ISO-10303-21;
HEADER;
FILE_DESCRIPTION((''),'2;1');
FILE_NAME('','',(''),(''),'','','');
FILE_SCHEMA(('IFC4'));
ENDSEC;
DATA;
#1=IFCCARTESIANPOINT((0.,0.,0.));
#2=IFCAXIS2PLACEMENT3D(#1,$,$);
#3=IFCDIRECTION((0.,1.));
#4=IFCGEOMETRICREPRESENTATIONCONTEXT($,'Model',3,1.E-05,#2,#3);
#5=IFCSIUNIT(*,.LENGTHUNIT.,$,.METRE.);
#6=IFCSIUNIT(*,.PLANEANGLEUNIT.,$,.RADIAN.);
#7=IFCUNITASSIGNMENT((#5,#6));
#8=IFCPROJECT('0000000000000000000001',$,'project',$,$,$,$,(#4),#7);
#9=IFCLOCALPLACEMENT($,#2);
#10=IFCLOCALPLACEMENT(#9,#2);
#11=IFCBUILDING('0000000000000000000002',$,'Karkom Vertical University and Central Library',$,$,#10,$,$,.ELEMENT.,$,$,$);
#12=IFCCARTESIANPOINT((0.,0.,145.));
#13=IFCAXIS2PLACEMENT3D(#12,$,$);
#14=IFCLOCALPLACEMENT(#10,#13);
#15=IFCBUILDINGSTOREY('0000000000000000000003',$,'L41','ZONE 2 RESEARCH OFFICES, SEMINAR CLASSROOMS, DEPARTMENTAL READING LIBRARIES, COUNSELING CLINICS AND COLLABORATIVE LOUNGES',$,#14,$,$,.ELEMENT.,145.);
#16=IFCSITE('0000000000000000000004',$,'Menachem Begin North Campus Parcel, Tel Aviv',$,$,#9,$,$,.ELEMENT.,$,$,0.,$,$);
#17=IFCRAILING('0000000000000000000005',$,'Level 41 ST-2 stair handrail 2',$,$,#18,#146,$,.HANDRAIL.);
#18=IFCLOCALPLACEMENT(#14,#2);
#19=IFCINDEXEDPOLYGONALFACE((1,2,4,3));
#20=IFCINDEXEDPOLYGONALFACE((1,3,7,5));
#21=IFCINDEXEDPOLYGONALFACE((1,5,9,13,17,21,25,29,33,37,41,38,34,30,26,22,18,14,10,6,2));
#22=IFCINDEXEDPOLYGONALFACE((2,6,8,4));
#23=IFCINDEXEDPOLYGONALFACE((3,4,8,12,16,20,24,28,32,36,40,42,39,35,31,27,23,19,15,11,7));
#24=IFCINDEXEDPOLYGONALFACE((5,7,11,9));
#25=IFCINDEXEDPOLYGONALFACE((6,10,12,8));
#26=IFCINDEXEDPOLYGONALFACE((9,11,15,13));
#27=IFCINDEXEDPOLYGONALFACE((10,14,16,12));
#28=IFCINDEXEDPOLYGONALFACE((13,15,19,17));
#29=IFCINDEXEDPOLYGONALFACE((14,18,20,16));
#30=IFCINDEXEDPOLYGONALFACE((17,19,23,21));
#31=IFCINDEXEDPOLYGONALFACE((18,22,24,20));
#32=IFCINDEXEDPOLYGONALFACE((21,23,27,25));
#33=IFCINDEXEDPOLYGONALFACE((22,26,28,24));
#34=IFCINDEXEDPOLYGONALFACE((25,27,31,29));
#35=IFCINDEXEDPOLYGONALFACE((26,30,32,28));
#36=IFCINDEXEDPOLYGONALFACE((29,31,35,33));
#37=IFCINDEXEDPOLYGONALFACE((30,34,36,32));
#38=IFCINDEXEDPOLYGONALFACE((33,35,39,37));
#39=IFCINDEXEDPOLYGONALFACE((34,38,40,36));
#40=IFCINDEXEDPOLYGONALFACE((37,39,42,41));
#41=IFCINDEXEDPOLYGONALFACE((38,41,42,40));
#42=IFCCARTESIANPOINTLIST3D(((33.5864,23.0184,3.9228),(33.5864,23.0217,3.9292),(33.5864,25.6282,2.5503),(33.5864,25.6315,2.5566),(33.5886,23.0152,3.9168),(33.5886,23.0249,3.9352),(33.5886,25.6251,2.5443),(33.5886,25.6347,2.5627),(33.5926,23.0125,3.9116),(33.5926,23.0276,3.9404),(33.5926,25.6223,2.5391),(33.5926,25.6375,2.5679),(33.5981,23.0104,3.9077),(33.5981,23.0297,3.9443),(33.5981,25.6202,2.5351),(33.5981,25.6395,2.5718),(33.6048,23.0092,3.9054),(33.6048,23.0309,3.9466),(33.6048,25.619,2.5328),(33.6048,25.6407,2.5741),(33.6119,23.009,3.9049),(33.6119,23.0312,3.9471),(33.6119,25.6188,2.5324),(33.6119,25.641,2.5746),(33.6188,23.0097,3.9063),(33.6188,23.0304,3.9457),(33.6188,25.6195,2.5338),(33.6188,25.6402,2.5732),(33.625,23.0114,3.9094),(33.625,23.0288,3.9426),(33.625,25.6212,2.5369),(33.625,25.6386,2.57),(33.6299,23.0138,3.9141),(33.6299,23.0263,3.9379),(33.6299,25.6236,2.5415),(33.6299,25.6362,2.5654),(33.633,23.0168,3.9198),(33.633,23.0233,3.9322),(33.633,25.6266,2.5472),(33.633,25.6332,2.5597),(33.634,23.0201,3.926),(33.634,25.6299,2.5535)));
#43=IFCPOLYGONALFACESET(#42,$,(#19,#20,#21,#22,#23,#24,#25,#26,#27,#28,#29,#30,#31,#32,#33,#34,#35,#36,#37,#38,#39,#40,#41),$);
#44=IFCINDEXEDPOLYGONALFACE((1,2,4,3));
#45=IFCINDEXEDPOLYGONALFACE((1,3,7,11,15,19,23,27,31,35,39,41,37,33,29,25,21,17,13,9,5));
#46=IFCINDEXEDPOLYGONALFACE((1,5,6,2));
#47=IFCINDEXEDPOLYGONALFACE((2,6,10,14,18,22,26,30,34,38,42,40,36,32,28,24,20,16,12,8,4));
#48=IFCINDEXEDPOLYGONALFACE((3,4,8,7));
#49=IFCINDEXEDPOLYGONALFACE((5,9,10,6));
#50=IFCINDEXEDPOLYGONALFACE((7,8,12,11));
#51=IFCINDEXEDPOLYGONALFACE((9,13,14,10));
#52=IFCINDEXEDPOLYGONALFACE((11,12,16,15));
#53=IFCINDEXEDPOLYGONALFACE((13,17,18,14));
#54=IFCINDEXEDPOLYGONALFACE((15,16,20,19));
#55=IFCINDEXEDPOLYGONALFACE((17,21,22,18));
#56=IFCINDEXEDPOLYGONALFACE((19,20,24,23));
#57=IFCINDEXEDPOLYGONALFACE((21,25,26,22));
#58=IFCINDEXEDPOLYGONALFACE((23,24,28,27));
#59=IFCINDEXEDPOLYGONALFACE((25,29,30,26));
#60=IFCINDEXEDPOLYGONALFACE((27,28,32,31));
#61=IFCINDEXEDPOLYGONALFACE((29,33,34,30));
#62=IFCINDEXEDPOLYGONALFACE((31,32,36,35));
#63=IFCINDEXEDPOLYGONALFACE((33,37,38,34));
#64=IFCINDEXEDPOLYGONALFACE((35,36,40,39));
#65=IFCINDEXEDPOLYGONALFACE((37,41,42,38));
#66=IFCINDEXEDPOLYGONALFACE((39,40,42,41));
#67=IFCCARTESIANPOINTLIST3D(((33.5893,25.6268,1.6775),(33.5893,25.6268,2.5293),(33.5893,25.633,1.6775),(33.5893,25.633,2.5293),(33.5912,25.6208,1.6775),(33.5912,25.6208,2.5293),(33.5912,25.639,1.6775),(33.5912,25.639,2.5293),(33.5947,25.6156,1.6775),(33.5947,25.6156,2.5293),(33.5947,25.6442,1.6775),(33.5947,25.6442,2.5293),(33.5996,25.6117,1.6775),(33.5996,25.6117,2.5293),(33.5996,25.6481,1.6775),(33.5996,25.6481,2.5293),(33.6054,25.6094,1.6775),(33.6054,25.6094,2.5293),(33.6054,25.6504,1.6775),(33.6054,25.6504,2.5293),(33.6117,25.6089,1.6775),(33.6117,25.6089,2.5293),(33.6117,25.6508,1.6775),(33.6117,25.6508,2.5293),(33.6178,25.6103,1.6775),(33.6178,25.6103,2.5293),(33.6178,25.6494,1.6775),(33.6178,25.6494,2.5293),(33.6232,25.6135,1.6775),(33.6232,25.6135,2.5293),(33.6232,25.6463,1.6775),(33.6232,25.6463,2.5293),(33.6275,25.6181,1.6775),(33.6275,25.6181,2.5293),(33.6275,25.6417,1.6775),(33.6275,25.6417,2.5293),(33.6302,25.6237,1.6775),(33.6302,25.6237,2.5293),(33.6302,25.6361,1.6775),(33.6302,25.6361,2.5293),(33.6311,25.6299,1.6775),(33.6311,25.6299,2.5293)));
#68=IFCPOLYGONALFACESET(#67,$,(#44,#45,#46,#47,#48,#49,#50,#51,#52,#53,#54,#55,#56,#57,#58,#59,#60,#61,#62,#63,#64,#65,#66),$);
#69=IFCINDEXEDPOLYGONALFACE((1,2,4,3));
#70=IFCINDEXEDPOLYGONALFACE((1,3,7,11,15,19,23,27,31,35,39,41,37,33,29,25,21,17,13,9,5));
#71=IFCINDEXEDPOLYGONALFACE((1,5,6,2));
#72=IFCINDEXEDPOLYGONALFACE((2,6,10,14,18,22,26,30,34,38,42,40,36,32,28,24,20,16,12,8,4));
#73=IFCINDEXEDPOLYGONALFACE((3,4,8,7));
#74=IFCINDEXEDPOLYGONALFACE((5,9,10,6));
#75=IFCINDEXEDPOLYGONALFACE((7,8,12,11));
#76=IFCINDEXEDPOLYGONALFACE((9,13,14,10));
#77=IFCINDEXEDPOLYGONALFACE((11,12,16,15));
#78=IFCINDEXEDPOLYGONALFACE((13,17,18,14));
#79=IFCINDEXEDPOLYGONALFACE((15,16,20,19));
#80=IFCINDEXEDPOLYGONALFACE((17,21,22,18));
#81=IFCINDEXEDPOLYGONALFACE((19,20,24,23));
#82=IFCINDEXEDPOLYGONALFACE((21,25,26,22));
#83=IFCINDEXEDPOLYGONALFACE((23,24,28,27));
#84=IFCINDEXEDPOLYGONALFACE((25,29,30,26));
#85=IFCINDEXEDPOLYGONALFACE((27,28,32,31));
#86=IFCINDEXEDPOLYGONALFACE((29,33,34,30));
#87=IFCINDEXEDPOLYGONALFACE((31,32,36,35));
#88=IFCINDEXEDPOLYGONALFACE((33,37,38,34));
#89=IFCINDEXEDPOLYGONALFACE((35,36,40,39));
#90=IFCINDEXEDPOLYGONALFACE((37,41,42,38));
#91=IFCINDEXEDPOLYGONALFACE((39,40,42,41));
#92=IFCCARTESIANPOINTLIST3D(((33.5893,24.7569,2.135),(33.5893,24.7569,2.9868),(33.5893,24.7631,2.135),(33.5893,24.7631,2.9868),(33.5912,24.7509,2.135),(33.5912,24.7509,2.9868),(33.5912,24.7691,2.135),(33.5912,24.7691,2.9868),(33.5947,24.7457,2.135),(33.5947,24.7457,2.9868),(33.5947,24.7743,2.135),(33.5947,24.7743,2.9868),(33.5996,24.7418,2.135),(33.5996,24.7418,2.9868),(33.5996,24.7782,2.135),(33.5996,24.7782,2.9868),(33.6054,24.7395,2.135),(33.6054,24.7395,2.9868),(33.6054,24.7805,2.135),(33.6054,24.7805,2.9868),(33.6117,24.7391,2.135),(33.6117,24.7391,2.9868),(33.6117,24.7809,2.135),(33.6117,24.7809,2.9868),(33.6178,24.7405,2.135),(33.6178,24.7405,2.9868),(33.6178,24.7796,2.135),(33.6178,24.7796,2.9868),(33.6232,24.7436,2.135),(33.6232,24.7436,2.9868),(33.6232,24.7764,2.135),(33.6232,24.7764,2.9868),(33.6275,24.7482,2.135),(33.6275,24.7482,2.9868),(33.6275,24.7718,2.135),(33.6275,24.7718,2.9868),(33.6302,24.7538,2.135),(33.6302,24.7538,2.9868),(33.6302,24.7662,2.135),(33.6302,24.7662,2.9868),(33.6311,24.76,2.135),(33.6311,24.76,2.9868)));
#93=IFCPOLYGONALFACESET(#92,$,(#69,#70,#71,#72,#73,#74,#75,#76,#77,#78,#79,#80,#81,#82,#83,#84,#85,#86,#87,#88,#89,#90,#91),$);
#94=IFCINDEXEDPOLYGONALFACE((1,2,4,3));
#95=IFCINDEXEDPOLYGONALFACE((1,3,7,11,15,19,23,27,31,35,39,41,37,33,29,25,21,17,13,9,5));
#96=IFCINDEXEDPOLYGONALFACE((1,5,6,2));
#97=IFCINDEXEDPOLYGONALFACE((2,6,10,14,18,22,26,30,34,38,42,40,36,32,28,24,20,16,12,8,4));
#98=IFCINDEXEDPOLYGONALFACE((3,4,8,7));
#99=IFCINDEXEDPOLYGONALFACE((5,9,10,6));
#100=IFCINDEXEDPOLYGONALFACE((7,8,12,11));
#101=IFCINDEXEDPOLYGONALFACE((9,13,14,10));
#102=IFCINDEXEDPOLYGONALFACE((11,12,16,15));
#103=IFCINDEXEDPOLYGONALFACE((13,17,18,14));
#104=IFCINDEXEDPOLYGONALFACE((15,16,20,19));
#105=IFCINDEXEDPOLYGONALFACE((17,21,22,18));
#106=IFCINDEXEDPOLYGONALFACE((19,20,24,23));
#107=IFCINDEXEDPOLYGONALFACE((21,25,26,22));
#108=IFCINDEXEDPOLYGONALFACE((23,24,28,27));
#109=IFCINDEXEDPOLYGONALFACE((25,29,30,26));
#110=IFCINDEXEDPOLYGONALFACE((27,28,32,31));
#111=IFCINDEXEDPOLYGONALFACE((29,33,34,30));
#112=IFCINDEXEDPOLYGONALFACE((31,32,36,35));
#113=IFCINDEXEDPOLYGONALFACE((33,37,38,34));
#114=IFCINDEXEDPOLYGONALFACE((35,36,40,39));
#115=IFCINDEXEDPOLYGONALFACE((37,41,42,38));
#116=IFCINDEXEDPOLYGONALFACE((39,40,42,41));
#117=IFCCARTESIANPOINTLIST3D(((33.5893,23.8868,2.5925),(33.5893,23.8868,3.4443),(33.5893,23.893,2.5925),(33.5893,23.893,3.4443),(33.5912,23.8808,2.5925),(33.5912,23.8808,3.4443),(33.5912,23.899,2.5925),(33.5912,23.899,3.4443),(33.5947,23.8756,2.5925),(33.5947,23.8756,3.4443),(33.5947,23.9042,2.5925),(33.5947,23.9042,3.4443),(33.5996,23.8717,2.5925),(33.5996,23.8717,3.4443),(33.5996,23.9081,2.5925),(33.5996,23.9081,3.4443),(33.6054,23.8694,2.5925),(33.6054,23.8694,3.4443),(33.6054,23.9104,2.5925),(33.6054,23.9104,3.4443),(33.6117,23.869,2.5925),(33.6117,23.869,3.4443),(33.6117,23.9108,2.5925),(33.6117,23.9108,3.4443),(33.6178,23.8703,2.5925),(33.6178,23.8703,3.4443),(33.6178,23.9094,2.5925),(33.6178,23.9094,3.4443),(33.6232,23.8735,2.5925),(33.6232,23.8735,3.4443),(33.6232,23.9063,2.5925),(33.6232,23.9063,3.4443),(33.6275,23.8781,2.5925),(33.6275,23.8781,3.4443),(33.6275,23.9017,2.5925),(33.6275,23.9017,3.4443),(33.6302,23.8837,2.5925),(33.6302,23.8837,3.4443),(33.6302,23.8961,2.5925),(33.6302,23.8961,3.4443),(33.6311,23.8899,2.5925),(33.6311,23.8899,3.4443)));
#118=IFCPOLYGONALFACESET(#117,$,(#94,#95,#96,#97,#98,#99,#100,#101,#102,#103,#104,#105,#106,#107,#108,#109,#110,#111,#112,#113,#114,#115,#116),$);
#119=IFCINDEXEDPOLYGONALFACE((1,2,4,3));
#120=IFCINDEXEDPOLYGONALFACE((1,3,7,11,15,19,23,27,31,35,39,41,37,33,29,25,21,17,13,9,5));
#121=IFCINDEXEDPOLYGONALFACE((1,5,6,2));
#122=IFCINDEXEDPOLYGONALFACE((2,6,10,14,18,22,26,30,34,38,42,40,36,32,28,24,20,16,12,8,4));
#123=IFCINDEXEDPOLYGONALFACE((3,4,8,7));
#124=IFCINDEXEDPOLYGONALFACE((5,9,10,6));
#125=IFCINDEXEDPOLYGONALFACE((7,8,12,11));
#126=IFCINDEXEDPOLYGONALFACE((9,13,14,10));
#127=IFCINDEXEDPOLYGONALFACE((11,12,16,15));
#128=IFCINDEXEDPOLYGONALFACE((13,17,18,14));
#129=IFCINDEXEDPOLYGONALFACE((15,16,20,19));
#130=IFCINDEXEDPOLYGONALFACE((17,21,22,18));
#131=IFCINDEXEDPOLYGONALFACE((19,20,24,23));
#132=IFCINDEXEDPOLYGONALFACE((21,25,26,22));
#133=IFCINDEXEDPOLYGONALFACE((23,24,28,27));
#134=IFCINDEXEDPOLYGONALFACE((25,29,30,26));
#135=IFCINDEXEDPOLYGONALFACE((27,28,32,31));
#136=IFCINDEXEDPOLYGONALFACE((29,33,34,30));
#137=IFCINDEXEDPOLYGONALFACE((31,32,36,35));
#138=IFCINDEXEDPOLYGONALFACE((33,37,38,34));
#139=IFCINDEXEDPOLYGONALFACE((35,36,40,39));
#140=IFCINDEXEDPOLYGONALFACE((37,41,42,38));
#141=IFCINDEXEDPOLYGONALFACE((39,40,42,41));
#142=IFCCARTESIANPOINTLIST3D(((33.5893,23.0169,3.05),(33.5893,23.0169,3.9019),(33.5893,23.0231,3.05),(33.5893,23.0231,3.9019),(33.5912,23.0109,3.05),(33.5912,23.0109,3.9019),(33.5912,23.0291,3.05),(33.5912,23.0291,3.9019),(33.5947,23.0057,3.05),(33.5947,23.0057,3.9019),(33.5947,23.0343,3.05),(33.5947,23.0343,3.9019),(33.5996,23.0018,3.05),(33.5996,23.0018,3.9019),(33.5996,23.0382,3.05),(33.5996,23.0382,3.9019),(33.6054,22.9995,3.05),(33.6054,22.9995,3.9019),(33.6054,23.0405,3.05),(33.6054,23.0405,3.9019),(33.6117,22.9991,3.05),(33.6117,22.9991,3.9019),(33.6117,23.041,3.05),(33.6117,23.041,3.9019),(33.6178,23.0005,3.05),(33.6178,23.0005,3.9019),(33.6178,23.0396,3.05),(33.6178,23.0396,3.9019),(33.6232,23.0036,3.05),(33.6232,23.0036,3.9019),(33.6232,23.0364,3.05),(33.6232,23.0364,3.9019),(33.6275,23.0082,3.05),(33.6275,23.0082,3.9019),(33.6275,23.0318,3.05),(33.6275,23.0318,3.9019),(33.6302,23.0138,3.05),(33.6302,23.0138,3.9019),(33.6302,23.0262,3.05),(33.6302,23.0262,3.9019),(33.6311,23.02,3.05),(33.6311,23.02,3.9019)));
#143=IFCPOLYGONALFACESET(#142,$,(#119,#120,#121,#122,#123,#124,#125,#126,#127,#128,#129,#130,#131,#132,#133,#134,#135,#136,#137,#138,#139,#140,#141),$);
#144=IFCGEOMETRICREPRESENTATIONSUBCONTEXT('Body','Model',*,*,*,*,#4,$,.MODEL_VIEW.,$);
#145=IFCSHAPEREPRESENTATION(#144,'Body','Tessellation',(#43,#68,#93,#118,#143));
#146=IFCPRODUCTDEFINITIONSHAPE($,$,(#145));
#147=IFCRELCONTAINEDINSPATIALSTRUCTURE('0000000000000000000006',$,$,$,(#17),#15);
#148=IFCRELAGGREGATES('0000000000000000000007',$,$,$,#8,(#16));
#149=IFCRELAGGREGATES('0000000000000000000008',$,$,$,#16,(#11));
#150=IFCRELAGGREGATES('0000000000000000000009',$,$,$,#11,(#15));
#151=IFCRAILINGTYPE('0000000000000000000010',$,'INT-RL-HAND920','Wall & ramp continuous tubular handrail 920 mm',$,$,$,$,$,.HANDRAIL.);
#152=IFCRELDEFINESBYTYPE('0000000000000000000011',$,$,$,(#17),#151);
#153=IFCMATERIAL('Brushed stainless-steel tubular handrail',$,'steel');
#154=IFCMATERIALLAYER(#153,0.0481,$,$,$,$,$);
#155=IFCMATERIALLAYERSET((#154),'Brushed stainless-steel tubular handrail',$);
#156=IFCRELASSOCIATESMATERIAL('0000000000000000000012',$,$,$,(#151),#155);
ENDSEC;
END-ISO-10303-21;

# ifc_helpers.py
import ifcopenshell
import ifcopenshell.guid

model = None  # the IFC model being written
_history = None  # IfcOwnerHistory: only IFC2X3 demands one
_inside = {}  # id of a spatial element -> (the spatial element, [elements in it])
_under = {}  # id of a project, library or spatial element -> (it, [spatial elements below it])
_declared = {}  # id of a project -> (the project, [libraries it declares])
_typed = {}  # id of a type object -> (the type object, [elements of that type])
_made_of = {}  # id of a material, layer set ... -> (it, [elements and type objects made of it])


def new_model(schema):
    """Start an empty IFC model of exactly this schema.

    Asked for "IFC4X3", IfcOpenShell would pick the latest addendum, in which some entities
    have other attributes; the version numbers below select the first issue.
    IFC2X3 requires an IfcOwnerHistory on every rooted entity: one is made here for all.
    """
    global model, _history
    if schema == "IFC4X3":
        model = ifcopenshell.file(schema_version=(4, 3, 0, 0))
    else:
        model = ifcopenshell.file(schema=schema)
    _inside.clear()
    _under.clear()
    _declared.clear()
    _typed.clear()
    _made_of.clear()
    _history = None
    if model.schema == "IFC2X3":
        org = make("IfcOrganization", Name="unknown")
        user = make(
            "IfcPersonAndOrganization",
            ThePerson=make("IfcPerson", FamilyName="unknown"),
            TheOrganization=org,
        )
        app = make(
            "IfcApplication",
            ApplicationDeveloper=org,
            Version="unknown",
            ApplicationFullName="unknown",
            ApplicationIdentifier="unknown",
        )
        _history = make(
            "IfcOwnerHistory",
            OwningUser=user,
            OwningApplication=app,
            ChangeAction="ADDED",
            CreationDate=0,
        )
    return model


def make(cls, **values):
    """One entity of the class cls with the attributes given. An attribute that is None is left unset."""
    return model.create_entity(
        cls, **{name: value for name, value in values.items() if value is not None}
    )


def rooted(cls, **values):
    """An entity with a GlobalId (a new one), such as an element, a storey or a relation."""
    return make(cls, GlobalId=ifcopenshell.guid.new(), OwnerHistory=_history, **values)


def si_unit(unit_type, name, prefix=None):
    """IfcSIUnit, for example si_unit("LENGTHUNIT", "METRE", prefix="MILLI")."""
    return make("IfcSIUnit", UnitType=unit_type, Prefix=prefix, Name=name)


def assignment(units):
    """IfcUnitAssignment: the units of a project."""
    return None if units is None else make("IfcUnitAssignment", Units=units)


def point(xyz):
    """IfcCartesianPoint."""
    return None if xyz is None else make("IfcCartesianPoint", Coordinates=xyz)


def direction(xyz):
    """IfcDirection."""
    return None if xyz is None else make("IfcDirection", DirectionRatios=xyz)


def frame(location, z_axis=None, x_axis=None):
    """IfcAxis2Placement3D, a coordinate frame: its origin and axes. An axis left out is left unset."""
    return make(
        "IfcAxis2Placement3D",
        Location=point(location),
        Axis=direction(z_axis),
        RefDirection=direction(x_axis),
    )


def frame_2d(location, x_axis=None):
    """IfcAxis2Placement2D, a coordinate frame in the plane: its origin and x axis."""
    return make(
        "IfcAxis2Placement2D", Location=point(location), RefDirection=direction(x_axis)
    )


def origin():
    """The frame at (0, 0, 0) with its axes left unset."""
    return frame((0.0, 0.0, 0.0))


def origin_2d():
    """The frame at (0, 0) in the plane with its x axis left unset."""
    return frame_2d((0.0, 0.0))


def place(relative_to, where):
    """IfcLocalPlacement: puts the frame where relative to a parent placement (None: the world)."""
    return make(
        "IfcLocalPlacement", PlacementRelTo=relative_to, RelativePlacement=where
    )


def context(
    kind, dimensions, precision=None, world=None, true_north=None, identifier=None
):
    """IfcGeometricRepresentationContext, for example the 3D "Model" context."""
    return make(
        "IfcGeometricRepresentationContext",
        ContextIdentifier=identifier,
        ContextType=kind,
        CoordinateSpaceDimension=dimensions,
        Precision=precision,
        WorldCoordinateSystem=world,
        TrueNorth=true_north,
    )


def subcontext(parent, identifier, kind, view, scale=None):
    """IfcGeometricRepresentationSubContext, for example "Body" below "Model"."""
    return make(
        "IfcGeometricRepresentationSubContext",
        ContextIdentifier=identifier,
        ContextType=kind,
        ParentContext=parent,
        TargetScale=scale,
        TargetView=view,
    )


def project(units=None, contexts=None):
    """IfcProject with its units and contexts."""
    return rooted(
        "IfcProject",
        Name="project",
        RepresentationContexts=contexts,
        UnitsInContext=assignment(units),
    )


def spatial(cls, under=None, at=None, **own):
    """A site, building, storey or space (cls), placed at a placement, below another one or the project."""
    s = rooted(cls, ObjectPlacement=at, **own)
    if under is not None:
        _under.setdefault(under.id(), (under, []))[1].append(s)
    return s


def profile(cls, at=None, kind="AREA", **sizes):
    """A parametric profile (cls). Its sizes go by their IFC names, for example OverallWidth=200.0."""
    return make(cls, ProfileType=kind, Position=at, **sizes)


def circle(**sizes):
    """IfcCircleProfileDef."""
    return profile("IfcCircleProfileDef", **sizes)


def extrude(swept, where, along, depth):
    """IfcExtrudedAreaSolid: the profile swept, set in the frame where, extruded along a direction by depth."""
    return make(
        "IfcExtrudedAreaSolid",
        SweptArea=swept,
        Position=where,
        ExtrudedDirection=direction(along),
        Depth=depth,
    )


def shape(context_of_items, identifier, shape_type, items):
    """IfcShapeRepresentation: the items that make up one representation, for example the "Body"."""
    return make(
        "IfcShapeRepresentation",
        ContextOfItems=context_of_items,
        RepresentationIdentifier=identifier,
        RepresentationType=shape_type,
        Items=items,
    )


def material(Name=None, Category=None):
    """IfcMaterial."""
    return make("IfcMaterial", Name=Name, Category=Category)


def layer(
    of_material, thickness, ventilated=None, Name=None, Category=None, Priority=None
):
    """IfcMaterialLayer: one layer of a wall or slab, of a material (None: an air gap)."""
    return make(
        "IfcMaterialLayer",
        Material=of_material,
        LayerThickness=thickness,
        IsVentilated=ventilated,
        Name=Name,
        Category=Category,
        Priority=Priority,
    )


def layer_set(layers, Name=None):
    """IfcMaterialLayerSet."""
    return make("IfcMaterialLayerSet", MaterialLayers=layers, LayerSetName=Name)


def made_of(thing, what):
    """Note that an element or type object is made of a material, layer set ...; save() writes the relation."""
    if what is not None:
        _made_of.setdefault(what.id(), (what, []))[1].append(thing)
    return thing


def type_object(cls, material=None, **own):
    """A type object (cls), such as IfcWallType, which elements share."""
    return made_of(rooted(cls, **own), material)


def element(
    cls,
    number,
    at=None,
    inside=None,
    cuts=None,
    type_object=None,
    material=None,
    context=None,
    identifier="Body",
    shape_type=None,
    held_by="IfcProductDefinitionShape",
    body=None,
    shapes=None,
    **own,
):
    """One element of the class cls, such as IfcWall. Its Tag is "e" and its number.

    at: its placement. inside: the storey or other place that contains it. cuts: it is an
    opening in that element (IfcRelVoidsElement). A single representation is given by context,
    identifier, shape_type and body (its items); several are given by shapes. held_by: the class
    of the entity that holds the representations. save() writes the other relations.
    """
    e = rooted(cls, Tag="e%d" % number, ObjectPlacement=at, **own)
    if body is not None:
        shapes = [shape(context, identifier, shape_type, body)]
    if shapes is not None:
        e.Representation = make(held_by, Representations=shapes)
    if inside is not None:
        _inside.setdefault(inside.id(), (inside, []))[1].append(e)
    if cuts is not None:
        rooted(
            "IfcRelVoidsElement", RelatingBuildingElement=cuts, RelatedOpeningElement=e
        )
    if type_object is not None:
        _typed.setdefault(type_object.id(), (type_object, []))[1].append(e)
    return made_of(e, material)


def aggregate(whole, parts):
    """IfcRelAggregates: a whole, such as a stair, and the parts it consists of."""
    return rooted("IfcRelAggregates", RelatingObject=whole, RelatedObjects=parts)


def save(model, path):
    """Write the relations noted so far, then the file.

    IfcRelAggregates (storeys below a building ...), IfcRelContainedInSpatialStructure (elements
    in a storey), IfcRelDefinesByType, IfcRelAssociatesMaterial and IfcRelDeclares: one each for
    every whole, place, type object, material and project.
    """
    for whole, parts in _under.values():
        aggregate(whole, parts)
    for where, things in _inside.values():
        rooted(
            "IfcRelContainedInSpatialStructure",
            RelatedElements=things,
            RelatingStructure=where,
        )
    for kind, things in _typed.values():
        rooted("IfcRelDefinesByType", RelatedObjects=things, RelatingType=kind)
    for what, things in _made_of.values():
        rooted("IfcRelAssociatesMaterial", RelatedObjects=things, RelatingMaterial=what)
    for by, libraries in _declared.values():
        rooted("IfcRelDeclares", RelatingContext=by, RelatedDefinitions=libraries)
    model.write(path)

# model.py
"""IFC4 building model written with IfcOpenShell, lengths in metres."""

from ifc_helpers import new_model, si_unit, direction, frame, origin, origin_2d, place, context, subcontext, project, spatial, circle, extrude, material, layer, layer_set, type_object, element, save


model = new_model("IFC4")

# Units and contexts
model_context = context("Model", 3, precision=1e-05, world=origin(), true_north=direction((0.0, 1.0)))
body_context = subcontext(model_context, "Body", "Model", "MODEL_VIEW")
ifc_project = project(units=[si_unit("LENGTHUNIT", "METRE"), si_unit("PLANEANGLEUNIT", "RADIAN")], contexts=[model_context])

# Site, building, storey
site_placement = place(None, origin())
site = spatial("IfcSite", under=ifc_project, at=site_placement, Name="Menachem Begin North Campus Parcel, Tel Aviv", CompositionType="ELEMENT", RefElevation=0.0)
building_placement = place(site_placement, origin())
building = spatial("IfcBuilding", under=site, at=building_placement, Name="Karkom Vertical University and Central Library", CompositionType="ELEMENT")
storey_placement = place(building_placement, frame((0.0, 0.0, 145.0)))
storey = spatial("IfcBuildingStorey", under=building, at=storey_placement, Name="L41", Description="ZONE 2 RESEARCH OFFICES, SEMINAR CLASSROOMS, DEPARTMENTAL READING LIBRARIES, COUNSELING CLINICS AND COLLABORATIVE LOUNGES", CompositionType="ELEMENT", Elevation=145.0)

# Railing
ifc_material_1 = material(Name="Brushed stainless-steel tubular handrail", Category="steel")
ifc_layer_1 = layer(ifc_material_1, 0.0481)
ifc_layer_set_1 = layer_set([ifc_layer_1], Name="Brushed stainless-steel tubular handrail")
railing_type_1 = type_object("IfcRailingType", Name="INT-RL-HAND920", Description="Wall & ramp continuous tubular handrail 920 mm", PredefinedType="HANDRAIL", material=ifc_layer_set_1)
railing_1_placement = place(storey_placement, frame((33.6101, 25.6299, 1.6775)))
element("IfcRailing", 1, at=railing_1_placement, inside=storey, type_object=railing_type_1, Name="Level 41 ST-2 stair handrail 2", PredefinedType="HANDRAIL", context=body_context, shape_type="SweptSolid", body=[
    extrude(circle(Radius=0.0239, at=origin_2d()), frame((0.0, 0.0, 0.876), z_axis=(0.0, -0.885065, 0.465467), x_axis=(1.0, 0.0, 0.0)), (0.0, 0.0, 1.0), 2.9487),
    extrude(circle(Radius=0.021, at=origin_2d()), origin(), (0.0, 0.0, 1.0), 0.8518),
    extrude(circle(Radius=0.021, at=origin_2d()), frame((0.0, -0.8699, 0.4575)), (0.0, 0.0, 1.0), 0.8518),
    extrude(circle(Radius=0.021, at=origin_2d()), frame((0.0, -1.74, 0.915)), (0.0, 0.0, 1.0), 0.8518),
    extrude(circle(Radius=0.021, at=origin_2d()), frame((0.0, -2.6099, 1.3726)), (0.0, 0.0, 1.0), 0.8518),
])

save(model, "model.ifc")
